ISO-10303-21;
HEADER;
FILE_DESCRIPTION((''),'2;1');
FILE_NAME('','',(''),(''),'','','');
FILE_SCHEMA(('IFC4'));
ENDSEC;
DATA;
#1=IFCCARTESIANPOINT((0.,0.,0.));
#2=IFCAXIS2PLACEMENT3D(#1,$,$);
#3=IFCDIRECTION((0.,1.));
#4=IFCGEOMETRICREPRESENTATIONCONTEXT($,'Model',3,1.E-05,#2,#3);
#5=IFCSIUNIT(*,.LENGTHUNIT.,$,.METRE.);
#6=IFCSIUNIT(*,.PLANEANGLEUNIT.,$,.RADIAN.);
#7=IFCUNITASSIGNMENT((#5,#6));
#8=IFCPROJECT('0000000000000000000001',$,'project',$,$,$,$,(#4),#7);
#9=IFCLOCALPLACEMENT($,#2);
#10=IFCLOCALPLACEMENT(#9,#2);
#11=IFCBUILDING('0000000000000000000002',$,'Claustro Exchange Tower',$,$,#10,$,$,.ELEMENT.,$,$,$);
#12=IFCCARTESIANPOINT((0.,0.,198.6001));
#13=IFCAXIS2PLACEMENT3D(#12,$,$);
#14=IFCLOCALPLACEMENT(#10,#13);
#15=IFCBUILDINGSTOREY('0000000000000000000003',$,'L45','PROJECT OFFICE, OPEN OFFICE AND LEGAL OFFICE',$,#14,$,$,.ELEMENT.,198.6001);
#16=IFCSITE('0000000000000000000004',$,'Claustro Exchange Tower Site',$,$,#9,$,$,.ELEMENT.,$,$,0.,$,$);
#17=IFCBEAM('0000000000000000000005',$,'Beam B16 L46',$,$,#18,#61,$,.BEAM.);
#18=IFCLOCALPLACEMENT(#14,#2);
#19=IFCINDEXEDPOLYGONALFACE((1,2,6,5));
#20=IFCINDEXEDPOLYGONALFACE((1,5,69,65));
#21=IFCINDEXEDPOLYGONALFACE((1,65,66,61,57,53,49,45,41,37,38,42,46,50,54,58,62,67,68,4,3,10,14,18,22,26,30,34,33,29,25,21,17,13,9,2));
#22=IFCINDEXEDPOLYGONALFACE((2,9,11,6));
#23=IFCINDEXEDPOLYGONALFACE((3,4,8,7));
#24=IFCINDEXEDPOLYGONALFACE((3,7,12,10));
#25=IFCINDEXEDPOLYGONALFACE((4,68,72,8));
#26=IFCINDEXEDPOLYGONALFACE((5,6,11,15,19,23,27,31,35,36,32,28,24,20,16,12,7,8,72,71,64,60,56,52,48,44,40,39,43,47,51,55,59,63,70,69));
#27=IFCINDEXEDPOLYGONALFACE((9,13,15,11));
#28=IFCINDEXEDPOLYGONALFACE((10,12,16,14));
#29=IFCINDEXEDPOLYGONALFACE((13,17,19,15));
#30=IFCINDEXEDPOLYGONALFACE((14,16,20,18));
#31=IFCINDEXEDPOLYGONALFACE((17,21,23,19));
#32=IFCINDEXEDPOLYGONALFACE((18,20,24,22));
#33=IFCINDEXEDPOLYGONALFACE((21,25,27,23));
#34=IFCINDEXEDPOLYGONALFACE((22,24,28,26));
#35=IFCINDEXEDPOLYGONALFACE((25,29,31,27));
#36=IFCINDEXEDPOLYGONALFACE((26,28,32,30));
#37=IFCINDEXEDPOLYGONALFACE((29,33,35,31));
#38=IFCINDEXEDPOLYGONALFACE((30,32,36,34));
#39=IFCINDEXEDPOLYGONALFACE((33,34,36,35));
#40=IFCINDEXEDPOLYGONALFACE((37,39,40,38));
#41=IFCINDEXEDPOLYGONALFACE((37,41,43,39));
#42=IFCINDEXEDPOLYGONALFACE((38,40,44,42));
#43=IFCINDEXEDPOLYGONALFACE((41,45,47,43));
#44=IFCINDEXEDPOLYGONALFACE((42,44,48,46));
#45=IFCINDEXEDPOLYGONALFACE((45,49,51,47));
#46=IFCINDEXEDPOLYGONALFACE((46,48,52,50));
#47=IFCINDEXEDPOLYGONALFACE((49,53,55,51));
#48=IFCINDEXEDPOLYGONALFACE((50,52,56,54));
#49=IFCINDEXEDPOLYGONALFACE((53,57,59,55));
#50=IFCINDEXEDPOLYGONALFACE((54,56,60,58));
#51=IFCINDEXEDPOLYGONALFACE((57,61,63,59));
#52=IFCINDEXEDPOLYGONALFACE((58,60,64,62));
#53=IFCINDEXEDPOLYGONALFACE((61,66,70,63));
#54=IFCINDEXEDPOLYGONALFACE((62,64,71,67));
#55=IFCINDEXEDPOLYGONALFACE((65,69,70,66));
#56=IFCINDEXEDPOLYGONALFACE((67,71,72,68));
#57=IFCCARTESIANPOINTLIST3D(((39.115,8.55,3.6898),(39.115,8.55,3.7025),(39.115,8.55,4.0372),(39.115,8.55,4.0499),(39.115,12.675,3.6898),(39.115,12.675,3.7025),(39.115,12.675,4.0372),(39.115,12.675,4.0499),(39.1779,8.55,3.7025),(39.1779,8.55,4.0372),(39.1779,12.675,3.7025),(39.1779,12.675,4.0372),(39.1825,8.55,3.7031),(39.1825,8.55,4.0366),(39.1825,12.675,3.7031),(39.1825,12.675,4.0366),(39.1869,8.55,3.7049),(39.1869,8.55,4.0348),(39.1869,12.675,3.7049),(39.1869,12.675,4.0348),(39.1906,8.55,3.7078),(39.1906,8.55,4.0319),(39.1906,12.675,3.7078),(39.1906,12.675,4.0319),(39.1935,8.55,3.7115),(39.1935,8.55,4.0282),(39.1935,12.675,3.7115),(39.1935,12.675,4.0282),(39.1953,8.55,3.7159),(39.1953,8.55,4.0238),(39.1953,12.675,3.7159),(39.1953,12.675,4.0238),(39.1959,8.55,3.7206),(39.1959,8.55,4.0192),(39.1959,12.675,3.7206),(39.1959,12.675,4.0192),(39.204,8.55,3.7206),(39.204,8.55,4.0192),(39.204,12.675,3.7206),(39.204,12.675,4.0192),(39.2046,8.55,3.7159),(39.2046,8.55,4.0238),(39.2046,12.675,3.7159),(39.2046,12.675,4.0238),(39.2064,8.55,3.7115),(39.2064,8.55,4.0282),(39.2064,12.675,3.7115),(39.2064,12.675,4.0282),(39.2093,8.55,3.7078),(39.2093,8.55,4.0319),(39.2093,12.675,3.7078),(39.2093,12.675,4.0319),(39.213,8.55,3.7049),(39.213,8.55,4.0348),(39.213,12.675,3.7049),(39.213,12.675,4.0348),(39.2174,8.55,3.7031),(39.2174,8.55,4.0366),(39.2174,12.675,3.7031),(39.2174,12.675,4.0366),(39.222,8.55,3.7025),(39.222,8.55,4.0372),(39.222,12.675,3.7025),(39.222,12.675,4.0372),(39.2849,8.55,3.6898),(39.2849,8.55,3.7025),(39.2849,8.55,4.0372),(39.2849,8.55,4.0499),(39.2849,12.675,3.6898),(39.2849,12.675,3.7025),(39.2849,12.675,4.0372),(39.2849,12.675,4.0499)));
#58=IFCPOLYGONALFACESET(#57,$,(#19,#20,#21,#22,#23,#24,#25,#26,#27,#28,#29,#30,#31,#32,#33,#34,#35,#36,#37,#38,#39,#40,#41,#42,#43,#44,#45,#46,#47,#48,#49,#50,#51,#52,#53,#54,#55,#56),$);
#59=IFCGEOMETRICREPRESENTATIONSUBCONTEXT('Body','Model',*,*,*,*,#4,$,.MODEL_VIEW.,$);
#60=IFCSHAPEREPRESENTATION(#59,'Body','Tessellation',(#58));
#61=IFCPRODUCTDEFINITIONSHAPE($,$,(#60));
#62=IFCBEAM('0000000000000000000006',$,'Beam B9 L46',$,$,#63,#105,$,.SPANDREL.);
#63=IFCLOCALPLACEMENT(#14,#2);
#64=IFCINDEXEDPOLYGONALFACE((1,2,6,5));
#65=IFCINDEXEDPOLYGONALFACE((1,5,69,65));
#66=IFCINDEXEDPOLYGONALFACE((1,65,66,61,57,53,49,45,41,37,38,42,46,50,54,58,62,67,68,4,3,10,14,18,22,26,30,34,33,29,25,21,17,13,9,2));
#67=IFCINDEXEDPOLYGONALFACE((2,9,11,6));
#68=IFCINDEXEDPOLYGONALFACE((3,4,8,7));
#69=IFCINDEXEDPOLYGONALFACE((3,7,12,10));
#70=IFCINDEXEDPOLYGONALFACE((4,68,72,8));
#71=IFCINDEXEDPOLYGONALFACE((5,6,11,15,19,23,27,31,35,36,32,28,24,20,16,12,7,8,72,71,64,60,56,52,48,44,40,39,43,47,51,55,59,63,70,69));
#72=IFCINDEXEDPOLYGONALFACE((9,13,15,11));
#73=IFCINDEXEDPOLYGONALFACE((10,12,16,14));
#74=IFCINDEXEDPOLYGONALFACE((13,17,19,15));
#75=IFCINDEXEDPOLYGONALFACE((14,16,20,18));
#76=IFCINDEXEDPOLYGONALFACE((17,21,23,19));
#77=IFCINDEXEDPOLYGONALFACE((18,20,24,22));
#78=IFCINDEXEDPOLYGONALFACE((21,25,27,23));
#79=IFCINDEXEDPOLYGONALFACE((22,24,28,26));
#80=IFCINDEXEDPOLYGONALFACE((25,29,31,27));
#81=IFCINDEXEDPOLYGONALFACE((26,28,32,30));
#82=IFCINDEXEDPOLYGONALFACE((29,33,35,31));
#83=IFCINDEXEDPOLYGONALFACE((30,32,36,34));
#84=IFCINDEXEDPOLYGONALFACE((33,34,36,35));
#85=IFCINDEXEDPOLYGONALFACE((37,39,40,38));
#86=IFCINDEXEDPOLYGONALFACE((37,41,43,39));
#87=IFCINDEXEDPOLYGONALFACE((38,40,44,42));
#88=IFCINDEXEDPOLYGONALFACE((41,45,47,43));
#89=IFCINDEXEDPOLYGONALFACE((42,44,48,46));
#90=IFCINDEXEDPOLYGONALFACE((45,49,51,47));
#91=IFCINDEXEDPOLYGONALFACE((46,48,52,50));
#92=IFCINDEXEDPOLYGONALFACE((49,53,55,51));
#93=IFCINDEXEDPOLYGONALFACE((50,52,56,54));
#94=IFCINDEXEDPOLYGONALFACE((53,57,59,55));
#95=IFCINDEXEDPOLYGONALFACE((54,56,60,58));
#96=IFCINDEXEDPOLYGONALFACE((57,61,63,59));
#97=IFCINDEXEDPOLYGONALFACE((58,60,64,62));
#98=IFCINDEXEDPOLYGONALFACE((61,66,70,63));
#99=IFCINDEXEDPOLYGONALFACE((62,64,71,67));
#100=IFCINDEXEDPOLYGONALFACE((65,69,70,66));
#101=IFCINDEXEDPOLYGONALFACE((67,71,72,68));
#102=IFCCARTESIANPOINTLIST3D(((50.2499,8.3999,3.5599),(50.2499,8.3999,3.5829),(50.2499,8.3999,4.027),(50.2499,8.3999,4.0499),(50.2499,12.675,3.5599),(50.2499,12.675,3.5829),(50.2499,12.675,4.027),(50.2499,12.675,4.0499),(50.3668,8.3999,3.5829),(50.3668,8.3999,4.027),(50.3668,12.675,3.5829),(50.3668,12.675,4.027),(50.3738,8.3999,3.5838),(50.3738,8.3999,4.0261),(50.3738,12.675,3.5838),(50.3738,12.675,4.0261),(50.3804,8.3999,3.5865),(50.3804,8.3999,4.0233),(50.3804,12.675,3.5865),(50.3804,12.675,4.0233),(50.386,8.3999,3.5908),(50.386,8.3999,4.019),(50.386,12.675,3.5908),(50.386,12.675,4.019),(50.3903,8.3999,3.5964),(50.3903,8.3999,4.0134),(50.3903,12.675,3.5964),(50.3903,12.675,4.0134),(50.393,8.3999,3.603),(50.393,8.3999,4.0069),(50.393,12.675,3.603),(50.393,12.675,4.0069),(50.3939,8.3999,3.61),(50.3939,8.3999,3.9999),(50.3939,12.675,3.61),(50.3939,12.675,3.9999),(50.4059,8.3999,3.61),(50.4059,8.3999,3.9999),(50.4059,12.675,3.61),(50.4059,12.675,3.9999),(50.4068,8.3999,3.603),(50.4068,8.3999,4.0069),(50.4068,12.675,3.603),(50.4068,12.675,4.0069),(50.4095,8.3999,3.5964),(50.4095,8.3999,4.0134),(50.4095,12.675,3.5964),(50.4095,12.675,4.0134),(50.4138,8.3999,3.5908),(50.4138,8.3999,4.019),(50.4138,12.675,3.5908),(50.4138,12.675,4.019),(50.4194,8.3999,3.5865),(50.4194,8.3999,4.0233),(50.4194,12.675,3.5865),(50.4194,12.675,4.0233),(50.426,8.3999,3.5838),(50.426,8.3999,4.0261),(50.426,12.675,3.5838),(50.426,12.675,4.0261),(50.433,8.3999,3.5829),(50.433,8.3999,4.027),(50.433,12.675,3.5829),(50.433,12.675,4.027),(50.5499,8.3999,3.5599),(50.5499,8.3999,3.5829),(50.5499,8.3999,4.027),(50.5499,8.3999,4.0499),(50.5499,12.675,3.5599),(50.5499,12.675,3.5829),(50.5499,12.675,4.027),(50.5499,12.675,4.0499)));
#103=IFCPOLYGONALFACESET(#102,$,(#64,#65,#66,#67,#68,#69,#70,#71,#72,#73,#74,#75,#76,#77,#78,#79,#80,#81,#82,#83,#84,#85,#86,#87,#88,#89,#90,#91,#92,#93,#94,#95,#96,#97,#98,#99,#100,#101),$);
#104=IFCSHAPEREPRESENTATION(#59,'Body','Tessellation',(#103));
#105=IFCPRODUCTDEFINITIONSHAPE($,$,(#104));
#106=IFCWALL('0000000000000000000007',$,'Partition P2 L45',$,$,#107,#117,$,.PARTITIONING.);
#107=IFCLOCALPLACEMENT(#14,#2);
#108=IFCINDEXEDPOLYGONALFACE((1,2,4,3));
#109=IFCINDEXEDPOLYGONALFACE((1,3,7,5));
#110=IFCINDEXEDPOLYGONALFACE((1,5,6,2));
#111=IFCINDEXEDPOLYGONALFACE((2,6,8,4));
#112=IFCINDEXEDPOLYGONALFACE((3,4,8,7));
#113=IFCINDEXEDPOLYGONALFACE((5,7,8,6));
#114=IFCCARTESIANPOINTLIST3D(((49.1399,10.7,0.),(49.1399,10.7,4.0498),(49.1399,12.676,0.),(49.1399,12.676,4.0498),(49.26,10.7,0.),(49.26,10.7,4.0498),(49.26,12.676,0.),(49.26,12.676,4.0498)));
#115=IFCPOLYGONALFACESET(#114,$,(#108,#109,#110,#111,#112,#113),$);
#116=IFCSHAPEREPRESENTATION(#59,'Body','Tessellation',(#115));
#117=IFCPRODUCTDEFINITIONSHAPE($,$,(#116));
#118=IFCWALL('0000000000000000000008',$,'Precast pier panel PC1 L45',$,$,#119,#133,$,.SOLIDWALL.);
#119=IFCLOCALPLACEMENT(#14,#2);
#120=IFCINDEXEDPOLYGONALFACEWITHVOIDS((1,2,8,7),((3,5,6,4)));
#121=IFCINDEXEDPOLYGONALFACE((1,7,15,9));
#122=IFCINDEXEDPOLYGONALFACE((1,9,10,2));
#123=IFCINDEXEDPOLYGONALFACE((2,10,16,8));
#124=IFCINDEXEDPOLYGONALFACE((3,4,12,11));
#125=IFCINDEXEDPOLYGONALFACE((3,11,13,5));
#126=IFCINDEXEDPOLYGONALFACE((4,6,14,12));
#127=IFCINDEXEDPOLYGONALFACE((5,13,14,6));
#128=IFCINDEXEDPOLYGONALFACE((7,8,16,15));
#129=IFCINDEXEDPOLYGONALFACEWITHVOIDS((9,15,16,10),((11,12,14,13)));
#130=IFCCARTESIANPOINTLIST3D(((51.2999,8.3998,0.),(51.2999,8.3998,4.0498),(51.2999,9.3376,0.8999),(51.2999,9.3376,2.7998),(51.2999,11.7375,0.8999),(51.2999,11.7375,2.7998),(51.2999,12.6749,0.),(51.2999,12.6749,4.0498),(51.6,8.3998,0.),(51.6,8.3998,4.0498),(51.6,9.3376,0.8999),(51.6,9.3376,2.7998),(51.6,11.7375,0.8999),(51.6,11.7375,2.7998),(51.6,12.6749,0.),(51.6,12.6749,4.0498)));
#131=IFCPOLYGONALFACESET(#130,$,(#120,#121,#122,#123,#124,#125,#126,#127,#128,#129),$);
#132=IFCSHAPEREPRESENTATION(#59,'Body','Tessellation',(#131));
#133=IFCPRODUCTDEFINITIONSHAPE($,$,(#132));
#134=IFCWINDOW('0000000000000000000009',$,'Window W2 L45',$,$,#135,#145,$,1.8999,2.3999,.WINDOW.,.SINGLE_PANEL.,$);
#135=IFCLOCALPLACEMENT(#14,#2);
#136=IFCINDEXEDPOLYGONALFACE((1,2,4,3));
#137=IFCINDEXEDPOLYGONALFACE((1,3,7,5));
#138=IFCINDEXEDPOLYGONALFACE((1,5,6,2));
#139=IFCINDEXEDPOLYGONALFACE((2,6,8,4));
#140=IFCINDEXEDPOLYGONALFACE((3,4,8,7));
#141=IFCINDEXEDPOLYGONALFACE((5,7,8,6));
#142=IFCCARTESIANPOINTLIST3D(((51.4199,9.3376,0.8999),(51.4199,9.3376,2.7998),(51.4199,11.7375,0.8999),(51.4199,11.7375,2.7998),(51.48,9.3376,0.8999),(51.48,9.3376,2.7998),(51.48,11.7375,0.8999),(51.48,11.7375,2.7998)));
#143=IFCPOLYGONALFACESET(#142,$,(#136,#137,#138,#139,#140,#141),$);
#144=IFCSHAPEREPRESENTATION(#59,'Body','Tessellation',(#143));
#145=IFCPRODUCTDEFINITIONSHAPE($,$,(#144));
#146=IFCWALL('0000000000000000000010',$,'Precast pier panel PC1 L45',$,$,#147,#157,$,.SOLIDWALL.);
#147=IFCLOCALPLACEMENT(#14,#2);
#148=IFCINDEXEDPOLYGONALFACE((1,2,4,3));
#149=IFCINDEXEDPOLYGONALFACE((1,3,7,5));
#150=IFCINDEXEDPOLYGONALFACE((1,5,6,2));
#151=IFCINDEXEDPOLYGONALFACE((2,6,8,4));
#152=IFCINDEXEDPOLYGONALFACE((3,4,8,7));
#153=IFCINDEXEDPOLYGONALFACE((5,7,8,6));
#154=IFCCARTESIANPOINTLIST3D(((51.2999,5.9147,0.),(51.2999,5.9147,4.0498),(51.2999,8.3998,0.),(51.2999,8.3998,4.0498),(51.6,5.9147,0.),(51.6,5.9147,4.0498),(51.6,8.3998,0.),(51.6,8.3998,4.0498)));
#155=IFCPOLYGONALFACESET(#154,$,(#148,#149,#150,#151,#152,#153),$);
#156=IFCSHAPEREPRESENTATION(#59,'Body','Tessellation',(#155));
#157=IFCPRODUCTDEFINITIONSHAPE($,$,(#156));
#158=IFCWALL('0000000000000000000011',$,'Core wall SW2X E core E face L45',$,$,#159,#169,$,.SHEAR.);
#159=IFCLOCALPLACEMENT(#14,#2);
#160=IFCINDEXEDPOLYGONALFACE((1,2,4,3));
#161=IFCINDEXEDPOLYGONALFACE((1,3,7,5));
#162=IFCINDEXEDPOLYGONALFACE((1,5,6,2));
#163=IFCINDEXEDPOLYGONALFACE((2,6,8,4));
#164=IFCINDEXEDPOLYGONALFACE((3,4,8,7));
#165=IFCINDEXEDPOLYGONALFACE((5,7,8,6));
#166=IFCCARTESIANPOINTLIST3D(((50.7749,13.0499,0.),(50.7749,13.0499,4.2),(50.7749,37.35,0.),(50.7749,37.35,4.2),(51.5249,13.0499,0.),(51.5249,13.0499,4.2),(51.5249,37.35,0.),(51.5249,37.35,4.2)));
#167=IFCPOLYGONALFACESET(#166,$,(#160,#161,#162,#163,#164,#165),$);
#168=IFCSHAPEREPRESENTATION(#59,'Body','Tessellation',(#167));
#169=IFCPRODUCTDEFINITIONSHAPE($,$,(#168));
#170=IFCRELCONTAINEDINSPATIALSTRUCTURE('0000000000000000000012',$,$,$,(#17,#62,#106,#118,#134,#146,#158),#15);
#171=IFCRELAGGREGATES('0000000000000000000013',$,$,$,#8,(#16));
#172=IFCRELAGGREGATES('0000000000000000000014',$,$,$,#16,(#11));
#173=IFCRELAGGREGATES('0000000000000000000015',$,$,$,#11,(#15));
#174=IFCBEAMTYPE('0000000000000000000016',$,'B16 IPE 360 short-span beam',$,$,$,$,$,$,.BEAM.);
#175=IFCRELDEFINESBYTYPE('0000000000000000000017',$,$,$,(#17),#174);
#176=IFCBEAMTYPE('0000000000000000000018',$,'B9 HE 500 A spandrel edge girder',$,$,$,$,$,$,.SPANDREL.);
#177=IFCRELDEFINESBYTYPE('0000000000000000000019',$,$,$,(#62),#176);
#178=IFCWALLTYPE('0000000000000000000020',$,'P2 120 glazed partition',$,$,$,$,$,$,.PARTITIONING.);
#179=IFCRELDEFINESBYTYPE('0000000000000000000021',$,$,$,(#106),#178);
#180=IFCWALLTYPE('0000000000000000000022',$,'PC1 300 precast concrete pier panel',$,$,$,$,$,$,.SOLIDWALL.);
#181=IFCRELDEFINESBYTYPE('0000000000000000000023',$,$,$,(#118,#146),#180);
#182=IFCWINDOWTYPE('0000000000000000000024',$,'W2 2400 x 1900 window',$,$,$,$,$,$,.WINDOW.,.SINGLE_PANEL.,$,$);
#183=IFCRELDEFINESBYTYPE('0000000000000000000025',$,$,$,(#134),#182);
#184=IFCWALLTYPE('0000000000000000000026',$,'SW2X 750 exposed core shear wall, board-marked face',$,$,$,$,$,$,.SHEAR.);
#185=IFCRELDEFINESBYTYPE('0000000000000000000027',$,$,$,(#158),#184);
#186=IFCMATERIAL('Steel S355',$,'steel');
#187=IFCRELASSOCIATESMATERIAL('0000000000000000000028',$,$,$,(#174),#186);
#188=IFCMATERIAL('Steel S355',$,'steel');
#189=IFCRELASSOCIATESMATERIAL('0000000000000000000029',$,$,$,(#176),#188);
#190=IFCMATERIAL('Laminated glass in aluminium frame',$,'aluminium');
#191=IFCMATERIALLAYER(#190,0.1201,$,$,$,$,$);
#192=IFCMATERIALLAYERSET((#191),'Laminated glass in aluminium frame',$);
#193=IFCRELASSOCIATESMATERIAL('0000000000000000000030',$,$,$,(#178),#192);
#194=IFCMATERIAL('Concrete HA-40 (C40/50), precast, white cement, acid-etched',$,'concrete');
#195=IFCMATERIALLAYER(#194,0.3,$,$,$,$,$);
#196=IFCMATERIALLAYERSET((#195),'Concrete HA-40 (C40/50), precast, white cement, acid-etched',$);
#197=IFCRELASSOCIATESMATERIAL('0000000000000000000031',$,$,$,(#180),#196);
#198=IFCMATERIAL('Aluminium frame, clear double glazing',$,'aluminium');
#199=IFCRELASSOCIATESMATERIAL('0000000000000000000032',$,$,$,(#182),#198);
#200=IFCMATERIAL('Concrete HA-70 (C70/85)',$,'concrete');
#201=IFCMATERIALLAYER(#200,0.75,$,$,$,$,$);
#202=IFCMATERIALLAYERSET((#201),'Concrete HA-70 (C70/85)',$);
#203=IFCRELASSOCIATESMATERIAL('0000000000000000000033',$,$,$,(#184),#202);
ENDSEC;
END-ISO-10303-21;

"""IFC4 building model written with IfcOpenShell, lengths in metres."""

from ifc_helpers import new_model, si_unit, direction, frame, frame_2d, origin, origin_2d, place, context, subcontext, project, spatial, rectangle, i_section, extrude, material, layer, layer_set, material_profile, profile_set, type_object, element, fill, save


model = new_model("IFC4")

# Units and contexts
model_context = context("Model", 3, precision=1e-05, world=origin(), true_north=direction((0.0, 1.0)))
body_context = subcontext(model_context, "Body", "Model", "MODEL_VIEW")
ifc_project = project(units=[si_unit("LENGTHUNIT", "METRE"), si_unit("PLANEANGLEUNIT", "RADIAN")], contexts=[model_context])

# Site, building, storey
site_placement = place(None, origin())
site = spatial("IfcSite", under=ifc_project, at=site_placement, Name="Claustro Exchange Tower Site", CompositionType="ELEMENT", RefElevation=0.0)
building_placement = place(site_placement, origin())
building = spatial("IfcBuilding", under=site, at=building_placement, Name="Claustro Exchange Tower", CompositionType="ELEMENT")
storey_placement = place(building_placement, frame((0.0, 0.0, 198.6001)))
storey = spatial("IfcBuildingStorey", under=building, at=storey_placement, Name="L45", Description="PROJECT OFFICE, OPEN OFFICE AND LEGAL OFFICE", CompositionType="ELEMENT", Elevation=198.6001)

# Beams
ifc_material_1 = material(Name="Steel S355", Category="steel")
ifc_material_profile_1 = material_profile(ifc_material_1, i_section(OverallWidth=0.1699, OverallDepth=0.3601, WebThickness=0.0081, FlangeThickness=0.0127, FilletRadius=0.0181, at=origin_2d()), Name="IPE 360")
ifc_profile_set_1 = profile_set([ifc_material_profile_1], Name="Steel S355")
beam_type_1 = type_object("IfcBeamType", Name="B16 IPE 360 short-span beam", PredefinedType="BEAM", material=ifc_profile_set_1)
beam_1_placement = place(storey_placement, frame((39.2, 8.55, 3.8699), z_axis=(0.0, 1.0, 0.0), x_axis=(-1.0, 0.0, 0.0)))
element("IfcBeam", 1, at=beam_1_placement, inside=storey, type_object=beam_type_1, Name="Beam B16 L46", PredefinedType="BEAM", context=body_context, shape_type="SweptSolid", body=[
    extrude(i_section(OverallWidth=0.1699, OverallDepth=0.3601, WebThickness=0.0081, FlangeThickness=0.0127, FilletRadius=0.0181, at=origin_2d()), origin(), (0.0, 0.0, 1.0), 4.125),
])
ifc_material_2 = material(Name="Steel S355", Category="steel")
ifc_material_profile_2 = material_profile(ifc_material_2, i_section(OverallWidth=0.3, OverallDepth=0.49, WebThickness=0.012, FlangeThickness=0.0229, FilletRadius=0.0271, at=origin_2d()), Name="HE 500 A")
ifc_profile_set_2 = profile_set([ifc_material_profile_2], Name="Steel S355")
beam_type_2 = type_object("IfcBeamType", Name="B9 HE 500 A spandrel edge girder", PredefinedType="SPANDREL", material=ifc_profile_set_2)
beam_2_placement = place(storey_placement, frame((50.3999, 8.3999, 3.8049), z_axis=(0.0, 1.0, 0.0), x_axis=(-1.0, 0.0, 0.0)))
element("IfcBeam", 2, at=beam_2_placement, inside=storey, type_object=beam_type_2, Name="Beam B9 L46", PredefinedType="SPANDREL", context=body_context, shape_type="SweptSolid", body=[
    extrude(i_section(OverallWidth=0.3, OverallDepth=0.49, WebThickness=0.012, FlangeThickness=0.0229, FilletRadius=0.0271, at=origin_2d()), origin(), (0.0, 0.0, 1.0), 4.2751),
])

# Wall
ifc_material_3 = material(Name="Laminated glass in aluminium frame", Category="aluminium")
ifc_layer_1 = layer(ifc_material_3, 0.1201)
ifc_layer_set_1 = layer_set([ifc_layer_1], Name="Laminated glass in aluminium frame")
wall_type_1 = type_object("IfcWallType", Name="P2 120 glazed partition", PredefinedType="PARTITIONING", material=ifc_layer_set_1)
wall_1_placement = place(storey_placement, frame((49.2, 10.7, 0.0), z_axis=(0.0, 0.0, 1.0), x_axis=(0.0, 1.0, 0.0)))
element("IfcWall", 3, at=wall_1_placement, inside=storey, type_object=wall_type_1, Name="Partition P2 L45", PredefinedType="PARTITIONING", context=body_context, shape_type="SweptSolid", body=[
    extrude(rectangle(XDim=1.9761, YDim=0.1201, at=frame_2d((0.988, 0.0))), origin(), (0.0, 0.0, 1.0), 4.0498),
])

# Wall, opening, window
ifc_material_4 = material(Name="Concrete HA-40 (C40/50), precast, white cement, acid-etched", Category="concrete")
ifc_layer_2 = layer(ifc_material_4, 0.3)
ifc_layer_set_2 = layer_set([ifc_layer_2], Name="Concrete HA-40 (C40/50), precast, white cement, acid-etched")
wall_type_2 = type_object("IfcWallType", Name="PC1 300 precast concrete pier panel", PredefinedType="SOLIDWALL", material=ifc_layer_set_2)
wall_2_placement = place(storey_placement, frame((51.45, 12.675, 0.0), z_axis=(0.0, 0.0, 1.0), x_axis=(0.0, -1.0, 0.0)))
wall_2 = element("IfcWall", 4, at=wall_2_placement, inside=storey, type_object=wall_type_2, Name="Precast pier panel PC1 L45", PredefinedType="SOLIDWALL", context=body_context, shape_type="SweptSolid", body=[
    extrude(rectangle(XDim=4.2751, YDim=0.3, at=frame_2d((2.1377, 0.0))), origin(), (0.0, 0.0, 1.0), 4.0498),
])
opening_1_placement = place(wall_2_placement, frame((0.9375, 0.0, 0.8999)))
opening_1 = element("IfcOpeningElement", 5, at=opening_1_placement, cuts=wall_2, PredefinedType="OPENING", context=body_context, shape_type="SweptSolid", body=[
    extrude(rectangle(XDim=2.3999, YDim=1.8999, at=frame_2d((1.2, 0.95))), frame((0.0, 0.1599, 0.0), z_axis=(0.0, -1.0, 0.0), x_axis=(1.0, 0.0, 0.0)), (0.0, 0.0, 1.0), 0.3201),
])
ifc_material_5 = material(Name="Aluminium frame, clear double glazing", Category="aluminium")
window_type = type_object("IfcWindowType", Name="W2 2400 x 1900 window", PartitioningType="SINGLE_PANEL", PredefinedType="WINDOW", material=ifc_material_5)
window_placement = place(opening_1_placement, origin())
window = element("IfcWindow", 6, at=window_placement, inside=storey, type_object=window_type, Name="Window W2 L45", OverallHeight=1.8999, OverallWidth=2.3999, PartitioningType="SINGLE_PANEL", PredefinedType="WINDOW", context=body_context, shape_type="SweptSolid", body=[
    extrude(rectangle(XDim=2.3999, YDim=1.8999, at=frame_2d((1.2, 0.95))), frame((0.0, 0.03, 0.0), z_axis=(0.0, -1.0, 0.0), x_axis=(1.0, 0.0, 0.0)), (0.0, 0.0, 1.0), 0.0601),
])
fill(opening_1, window)

# Walls
wall_3_placement = place(storey_placement, frame((51.45, 8.3999, 0.0), z_axis=(0.0, 0.0, 1.0), x_axis=(0.0, -1.0, 0.0)))
element("IfcWall", 7, at=wall_3_placement, inside=storey, type_object=wall_type_2, Name="Precast pier panel PC1 L45", PredefinedType="SOLIDWALL", context=body_context, shape_type="SweptSolid", body=[
    extrude(rectangle(XDim=2.4851, YDim=0.3, at=frame_2d((1.2427, 0.0))), origin(), (0.0, 0.0, 1.0), 4.0498),
])
ifc_material_6 = material(Name="Concrete HA-70 (C70/85)", Category="concrete")
ifc_layer_3 = layer(ifc_material_6, 0.75)
ifc_layer_set_3 = layer_set([ifc_layer_3], Name="Concrete HA-70 (C70/85)")
wall_type_3 = type_object("IfcWallType", Name="SW2X 750 exposed core shear wall, board-marked face", PredefinedType="SHEAR", material=ifc_layer_set_3)
wall_4_placement = place(storey_placement, frame((51.1499, 13.05, 0.0), z_axis=(0.0, 0.0, 1.0), x_axis=(0.0, 1.0, 0.0)))
element("IfcWall", 8, at=wall_4_placement, inside=storey, type_object=wall_type_3, Name="Core wall SW2X E core E face L45", PredefinedType="SHEAR", context=body_context, shape_type="SweptSolid", body=[
    extrude(rectangle(XDim=24.3, YDim=0.75, at=frame_2d((12.1499, 0.0))), origin(), (0.0, 0.0, 1.0), 4.2),
])

save(model, "model.ifc")
